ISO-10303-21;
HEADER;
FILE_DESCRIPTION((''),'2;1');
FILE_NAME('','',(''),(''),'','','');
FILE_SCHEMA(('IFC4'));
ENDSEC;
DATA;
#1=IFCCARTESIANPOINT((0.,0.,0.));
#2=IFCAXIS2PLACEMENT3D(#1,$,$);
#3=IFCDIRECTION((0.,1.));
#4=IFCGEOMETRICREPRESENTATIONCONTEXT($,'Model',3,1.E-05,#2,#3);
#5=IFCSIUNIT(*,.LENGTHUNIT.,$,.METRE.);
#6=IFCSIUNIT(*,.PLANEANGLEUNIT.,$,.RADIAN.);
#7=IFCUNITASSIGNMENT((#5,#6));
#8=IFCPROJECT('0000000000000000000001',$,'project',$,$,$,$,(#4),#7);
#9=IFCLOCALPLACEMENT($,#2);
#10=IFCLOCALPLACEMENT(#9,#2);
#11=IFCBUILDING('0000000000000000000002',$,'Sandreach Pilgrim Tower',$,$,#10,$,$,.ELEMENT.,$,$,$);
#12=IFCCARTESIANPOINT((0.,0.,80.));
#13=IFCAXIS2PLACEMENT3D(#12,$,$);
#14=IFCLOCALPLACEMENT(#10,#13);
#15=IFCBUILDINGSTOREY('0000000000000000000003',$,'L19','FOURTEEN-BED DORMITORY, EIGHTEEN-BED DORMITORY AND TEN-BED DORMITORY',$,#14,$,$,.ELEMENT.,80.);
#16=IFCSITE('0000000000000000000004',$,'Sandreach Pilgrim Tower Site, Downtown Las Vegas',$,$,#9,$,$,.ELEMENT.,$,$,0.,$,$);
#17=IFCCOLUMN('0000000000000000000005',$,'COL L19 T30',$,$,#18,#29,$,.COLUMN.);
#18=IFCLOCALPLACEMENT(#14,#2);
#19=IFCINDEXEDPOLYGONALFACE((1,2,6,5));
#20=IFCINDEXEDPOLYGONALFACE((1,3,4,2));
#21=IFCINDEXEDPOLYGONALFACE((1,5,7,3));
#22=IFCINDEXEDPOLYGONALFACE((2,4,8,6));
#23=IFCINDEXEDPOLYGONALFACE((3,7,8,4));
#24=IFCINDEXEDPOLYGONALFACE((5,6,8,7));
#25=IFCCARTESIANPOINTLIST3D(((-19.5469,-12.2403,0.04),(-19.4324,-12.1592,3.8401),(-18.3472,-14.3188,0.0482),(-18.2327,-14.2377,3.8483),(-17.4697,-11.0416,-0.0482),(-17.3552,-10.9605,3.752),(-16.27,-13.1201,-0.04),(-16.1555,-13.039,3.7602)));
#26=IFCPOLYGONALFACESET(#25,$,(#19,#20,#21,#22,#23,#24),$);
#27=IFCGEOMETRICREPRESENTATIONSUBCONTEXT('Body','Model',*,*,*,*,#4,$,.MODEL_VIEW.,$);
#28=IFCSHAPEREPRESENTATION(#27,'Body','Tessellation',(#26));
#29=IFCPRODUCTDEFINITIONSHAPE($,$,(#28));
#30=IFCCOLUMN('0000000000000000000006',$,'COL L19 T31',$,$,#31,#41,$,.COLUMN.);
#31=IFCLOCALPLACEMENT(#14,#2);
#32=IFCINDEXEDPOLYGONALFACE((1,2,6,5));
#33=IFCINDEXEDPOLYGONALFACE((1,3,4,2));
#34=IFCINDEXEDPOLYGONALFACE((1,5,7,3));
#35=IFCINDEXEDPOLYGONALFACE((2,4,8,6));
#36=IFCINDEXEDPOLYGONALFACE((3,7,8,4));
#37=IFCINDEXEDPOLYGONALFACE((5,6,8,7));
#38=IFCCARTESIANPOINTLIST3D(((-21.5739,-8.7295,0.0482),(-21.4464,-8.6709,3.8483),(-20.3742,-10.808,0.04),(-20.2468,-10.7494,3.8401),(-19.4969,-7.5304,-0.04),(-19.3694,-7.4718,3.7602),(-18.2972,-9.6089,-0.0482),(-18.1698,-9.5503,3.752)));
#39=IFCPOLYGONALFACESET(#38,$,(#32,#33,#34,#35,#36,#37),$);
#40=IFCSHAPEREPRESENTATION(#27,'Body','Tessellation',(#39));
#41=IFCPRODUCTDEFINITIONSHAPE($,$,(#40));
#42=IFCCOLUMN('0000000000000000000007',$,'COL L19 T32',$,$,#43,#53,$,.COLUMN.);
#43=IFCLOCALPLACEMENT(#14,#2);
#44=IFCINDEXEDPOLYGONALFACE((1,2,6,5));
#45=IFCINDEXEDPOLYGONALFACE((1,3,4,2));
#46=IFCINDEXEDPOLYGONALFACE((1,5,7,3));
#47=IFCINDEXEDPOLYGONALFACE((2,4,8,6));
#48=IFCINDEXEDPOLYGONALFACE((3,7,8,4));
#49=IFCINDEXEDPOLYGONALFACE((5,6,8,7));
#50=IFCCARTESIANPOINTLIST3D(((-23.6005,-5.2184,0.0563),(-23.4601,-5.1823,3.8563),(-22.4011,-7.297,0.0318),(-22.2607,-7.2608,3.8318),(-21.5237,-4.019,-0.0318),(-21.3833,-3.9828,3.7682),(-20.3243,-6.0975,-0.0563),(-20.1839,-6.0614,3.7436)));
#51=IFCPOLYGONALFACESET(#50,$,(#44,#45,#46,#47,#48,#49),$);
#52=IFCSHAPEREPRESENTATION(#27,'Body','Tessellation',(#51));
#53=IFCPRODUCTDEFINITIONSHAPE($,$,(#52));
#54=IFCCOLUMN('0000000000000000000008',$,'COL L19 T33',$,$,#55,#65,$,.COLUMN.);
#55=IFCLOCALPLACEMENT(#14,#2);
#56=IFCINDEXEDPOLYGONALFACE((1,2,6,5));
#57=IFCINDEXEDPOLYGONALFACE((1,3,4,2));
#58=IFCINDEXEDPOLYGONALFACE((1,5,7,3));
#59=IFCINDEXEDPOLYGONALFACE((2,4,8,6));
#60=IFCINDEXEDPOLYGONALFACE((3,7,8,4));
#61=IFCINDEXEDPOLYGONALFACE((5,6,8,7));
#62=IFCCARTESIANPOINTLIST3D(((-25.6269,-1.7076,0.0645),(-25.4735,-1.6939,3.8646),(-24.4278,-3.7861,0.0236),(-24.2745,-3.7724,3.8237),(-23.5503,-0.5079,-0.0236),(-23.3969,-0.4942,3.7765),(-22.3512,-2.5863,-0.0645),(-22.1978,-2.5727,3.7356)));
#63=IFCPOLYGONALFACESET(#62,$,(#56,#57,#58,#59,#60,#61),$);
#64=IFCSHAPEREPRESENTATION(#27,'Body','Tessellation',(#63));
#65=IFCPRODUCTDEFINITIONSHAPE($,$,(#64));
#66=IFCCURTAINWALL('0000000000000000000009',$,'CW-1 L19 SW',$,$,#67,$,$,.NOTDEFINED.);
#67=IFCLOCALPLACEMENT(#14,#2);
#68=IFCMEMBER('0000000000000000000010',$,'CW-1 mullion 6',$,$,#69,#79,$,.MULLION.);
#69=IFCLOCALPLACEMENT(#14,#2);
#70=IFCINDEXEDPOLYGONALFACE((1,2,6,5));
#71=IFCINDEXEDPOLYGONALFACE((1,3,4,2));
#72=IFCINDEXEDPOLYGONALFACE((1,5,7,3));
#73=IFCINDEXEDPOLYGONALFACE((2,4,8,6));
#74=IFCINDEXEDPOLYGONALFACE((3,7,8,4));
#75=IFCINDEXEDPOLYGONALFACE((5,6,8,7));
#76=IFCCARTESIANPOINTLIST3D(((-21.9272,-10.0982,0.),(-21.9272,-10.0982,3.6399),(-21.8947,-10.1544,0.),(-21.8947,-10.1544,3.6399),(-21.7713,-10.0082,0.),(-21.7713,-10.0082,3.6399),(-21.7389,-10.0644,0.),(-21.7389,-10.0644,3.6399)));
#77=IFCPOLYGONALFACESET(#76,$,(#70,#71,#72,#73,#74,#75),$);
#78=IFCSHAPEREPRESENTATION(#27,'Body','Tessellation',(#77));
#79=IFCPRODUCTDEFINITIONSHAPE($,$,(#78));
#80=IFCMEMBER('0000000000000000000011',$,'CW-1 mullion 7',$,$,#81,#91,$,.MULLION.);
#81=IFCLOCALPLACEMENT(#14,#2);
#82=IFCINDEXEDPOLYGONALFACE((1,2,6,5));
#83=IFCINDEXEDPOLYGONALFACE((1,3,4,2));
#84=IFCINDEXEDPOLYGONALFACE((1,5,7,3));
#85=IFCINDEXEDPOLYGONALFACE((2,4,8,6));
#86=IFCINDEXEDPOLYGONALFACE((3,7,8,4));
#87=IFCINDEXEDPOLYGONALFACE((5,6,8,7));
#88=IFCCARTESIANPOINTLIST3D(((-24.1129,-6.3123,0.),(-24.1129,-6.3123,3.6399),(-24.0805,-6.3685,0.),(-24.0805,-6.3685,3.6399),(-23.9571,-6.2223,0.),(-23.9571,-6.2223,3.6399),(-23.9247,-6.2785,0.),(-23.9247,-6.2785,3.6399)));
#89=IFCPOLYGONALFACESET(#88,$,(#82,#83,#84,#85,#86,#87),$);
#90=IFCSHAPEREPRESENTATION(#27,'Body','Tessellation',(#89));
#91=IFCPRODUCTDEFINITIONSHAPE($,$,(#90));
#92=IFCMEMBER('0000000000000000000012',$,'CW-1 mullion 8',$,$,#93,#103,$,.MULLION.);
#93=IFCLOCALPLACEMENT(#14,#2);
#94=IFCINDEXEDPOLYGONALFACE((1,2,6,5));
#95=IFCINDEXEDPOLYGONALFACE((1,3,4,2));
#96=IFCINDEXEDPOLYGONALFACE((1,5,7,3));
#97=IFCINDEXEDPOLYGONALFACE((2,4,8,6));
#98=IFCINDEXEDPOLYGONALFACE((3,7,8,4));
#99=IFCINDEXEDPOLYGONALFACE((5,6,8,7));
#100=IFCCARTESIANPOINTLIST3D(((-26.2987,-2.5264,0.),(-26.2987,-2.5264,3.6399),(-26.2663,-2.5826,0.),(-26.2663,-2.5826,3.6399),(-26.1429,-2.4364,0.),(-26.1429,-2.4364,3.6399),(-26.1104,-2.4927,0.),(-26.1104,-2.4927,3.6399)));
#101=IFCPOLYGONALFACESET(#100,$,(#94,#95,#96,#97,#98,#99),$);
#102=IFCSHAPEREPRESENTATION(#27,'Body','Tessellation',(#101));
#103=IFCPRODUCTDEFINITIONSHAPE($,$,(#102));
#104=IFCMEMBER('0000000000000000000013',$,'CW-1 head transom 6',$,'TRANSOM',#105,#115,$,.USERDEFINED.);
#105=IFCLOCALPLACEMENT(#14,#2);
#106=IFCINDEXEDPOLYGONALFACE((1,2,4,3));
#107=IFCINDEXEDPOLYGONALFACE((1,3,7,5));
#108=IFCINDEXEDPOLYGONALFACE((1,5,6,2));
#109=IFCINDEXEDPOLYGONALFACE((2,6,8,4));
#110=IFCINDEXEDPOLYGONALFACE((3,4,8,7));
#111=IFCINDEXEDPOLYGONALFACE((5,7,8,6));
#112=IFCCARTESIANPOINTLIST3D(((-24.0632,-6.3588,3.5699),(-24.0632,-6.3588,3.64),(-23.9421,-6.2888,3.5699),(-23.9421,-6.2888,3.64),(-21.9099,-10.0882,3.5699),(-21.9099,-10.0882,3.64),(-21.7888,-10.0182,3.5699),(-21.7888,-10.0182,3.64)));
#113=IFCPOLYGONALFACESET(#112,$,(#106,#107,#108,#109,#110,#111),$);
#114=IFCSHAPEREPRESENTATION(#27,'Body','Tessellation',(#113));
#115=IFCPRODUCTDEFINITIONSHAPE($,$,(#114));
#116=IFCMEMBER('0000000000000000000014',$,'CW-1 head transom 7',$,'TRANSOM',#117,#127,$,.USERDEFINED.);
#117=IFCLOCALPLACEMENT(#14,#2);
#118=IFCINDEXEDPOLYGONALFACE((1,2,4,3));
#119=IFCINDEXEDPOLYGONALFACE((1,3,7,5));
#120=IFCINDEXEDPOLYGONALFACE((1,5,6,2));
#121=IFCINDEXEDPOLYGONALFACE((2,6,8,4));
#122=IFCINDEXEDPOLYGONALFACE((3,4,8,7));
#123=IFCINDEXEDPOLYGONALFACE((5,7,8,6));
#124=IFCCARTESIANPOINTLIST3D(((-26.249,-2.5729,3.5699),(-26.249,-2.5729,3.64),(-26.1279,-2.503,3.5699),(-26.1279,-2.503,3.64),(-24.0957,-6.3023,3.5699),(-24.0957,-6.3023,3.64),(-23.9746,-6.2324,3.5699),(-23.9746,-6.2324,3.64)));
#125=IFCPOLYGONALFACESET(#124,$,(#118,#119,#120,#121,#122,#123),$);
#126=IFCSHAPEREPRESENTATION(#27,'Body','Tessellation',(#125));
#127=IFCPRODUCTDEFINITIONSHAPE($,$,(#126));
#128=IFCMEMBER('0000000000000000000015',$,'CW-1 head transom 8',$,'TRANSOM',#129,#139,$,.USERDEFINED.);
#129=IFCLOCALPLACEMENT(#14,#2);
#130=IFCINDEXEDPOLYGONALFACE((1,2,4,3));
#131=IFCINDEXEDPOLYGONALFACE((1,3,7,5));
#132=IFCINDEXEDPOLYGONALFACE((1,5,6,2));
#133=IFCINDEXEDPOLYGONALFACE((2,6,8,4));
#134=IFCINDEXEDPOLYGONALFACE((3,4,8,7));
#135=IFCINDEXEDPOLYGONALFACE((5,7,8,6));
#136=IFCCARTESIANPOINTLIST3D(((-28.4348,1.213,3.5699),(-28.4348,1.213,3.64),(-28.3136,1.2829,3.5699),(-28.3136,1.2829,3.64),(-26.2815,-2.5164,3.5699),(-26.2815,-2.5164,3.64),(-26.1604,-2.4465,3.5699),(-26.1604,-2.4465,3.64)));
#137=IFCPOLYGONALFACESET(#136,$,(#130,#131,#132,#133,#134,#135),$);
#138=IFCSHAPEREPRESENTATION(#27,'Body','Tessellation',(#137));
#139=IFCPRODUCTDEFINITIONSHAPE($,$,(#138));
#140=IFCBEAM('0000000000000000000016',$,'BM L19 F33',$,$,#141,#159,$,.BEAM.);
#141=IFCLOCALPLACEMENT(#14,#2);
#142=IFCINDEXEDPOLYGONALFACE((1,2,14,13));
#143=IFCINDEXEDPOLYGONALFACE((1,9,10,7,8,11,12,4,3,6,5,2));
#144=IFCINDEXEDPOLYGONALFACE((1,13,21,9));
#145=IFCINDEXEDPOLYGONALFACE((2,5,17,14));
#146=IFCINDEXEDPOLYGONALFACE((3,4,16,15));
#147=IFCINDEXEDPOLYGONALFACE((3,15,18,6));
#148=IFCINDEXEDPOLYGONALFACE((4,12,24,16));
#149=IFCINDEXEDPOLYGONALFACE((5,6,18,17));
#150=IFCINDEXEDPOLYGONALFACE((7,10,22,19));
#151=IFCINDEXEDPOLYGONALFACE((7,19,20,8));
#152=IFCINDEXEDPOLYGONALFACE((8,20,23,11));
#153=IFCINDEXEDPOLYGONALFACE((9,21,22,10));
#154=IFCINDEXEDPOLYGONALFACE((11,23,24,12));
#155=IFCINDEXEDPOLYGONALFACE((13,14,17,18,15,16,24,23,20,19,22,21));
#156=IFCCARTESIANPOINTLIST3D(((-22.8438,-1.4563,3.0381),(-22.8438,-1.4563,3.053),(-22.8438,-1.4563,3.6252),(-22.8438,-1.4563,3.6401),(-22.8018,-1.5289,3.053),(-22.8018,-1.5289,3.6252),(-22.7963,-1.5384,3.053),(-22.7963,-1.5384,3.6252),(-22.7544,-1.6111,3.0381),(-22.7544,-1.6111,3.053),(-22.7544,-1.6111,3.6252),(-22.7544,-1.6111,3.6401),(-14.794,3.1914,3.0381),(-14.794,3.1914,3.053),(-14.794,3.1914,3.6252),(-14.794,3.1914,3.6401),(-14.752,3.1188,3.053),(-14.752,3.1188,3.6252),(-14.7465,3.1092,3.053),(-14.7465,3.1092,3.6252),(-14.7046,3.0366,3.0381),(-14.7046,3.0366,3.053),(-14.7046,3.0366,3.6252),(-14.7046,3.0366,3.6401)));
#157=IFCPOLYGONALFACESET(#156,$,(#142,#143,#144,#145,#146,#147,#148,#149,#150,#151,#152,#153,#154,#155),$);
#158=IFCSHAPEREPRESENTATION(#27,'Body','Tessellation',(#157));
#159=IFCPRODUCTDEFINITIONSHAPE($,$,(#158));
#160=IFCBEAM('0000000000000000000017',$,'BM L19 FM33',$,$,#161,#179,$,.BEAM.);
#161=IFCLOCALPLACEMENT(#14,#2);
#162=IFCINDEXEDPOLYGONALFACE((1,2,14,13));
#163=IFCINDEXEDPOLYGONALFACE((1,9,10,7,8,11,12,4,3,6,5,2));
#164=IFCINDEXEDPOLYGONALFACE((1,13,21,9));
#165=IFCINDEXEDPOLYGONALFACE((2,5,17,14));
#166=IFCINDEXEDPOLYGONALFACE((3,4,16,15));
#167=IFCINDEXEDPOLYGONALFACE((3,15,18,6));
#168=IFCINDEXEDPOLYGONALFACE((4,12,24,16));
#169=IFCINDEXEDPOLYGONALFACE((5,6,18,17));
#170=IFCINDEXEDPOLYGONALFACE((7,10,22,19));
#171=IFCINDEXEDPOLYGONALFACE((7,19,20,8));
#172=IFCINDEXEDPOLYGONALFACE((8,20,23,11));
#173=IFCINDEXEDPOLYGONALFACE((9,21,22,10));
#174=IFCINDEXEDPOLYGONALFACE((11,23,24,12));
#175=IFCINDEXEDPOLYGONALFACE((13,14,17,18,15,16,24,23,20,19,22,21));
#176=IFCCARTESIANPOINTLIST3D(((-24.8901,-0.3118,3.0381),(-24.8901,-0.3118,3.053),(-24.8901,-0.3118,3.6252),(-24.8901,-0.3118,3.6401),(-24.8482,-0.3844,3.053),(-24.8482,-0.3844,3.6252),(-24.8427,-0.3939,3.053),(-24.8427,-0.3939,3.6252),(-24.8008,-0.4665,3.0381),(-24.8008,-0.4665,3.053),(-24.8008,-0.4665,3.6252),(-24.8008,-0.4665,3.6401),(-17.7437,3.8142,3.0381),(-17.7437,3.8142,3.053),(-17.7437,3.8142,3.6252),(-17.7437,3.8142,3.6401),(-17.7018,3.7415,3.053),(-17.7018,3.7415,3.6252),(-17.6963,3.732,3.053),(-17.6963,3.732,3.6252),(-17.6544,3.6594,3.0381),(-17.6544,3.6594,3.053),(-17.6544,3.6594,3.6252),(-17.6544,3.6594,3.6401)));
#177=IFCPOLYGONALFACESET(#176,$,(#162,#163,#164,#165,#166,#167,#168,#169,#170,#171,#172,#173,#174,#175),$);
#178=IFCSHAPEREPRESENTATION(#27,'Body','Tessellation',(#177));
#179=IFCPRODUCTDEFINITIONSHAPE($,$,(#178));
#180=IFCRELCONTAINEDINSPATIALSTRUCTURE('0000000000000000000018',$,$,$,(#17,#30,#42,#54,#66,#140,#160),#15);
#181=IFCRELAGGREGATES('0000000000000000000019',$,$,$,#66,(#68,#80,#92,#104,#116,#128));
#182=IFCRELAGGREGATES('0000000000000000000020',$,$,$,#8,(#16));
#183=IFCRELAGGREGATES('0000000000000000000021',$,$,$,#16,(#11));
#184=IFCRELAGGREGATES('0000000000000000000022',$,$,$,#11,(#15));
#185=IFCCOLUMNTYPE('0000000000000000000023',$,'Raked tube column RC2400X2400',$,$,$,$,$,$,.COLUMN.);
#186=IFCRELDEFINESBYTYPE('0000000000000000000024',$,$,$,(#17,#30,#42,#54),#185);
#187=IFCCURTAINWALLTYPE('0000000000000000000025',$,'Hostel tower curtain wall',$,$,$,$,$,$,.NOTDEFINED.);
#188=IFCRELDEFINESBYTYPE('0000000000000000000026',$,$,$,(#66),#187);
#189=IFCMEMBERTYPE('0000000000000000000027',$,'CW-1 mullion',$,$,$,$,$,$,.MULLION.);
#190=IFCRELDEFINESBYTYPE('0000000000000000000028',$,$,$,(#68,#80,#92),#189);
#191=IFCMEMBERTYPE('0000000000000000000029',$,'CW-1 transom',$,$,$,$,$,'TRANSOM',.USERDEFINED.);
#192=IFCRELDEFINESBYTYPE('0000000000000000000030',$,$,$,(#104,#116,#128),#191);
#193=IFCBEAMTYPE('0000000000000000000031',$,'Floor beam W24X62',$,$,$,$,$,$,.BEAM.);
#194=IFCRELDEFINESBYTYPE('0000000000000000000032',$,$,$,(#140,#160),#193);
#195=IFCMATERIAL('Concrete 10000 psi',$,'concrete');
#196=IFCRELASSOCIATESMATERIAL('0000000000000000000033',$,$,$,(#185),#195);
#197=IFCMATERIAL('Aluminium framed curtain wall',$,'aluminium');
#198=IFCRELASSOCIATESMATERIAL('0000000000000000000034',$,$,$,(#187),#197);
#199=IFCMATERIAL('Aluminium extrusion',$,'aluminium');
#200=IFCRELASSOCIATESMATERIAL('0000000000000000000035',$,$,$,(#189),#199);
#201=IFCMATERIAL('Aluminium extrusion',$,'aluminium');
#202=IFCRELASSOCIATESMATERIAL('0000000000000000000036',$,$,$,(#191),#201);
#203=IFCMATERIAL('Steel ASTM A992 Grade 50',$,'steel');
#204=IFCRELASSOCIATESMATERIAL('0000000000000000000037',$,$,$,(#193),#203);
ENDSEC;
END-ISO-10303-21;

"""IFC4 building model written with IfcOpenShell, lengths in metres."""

from ifc_helpers import new_model, si_unit, direction, frame, origin, origin_2d, place, context, subcontext, project, spatial, rectangle, i_section, extrude, material, material_profile, profile_set, type_object, element, aggregate, save


model = new_model("IFC4")

# Units and contexts
model_context = context("Model", 3, precision=1e-05, world=origin(), true_north=direction((0.0, 1.0)))
body_context = subcontext(model_context, "Body", "Model", "MODEL_VIEW")
ifc_project = project(units=[si_unit("LENGTHUNIT", "METRE"), si_unit("PLANEANGLEUNIT", "RADIAN")], contexts=[model_context])

# Site, building, storey
site_placement = place(None, origin())
site = spatial("IfcSite", under=ifc_project, at=site_placement, Name="Sandreach Pilgrim Tower Site, Downtown Las Vegas", CompositionType="ELEMENT", RefElevation=0.0)
building_placement = place(site_placement, origin())
building = spatial("IfcBuilding", under=site, at=building_placement, Name="Sandreach Pilgrim Tower", CompositionType="ELEMENT")
storey_placement = place(building_placement, frame((0.0, 0.0, 80.0)))
storey = spatial("IfcBuildingStorey", under=building, at=storey_placement, Name="L19", Description="FOURTEEN-BED DORMITORY, EIGHTEEN-BED DORMITORY AND TEN-BED DORMITORY", CompositionType="ELEMENT", Elevation=80.0)

# Columns
ifc_material_1 = material(Name="Concrete 10000 psi", Category="concrete")
ifc_material_profile_1 = material_profile(ifc_material_1, rectangle(XDim=2.3999, YDim=2.3999, at=origin_2d()), Name="RC2400X2400")
ifc_profile_set_1 = profile_set([ifc_material_profile_1], Name="Concrete 10000 psi")
column_type = type_object("IfcColumnType", Name="Raked tube column RC2400X2400", PredefinedType="COLUMN", material=ifc_profile_set_1)
for number, where, z_axis, x_axis, name in (
    (1, (-17.9084, -12.6802, 0.0), (0.030111, 0.021315, 0.999319), (-0.865558, -0.49946, 0.036734), "COL L19 T30"),
    (2, (-19.9355, -9.1692, 0.0), (0.033514, 0.015409, 0.999319), (-0.865448, -0.499651, 0.036729), "COL L19 T31"),
    (3, (-21.9624, -5.658, 0.0), (0.036915, 0.009502, 0.999273), (-0.865363, -0.499798, 0.03672), "COL L19 T32"),
):
    element("IfcColumn", number, at=place(storey_placement, frame(where, z_axis=z_axis, x_axis=x_axis)), inside=storey, type_object=column_type, Name=name, PredefinedType="COLUMN", context=body_context, shape_type="SweptSolid", body=[
        extrude(rectangle(XDim=2.3999, YDim=2.3999, at=origin_2d()), origin(), (0.0, 0.0, 1.0), 3.8027),
    ])
column_placement = place(storey_placement, frame((-23.989, -2.147, 0.0), z_axis=(0.040314, 0.003595, 0.999181), x_axis=(-0.865292, -0.499922, 0.036711)))
element("IfcColumn", 4, at=column_placement, inside=storey, type_object=column_type, Name="COL L19 T33", PredefinedType="COLUMN", context=body_context, shape_type="SweptSolid", body=[
    extrude(rectangle(XDim=2.3999, YDim=2.3999, at=origin_2d()), origin(), (0.0, 0.0, 1.0), 3.8032),
])

# Curtain wall, members
ifc_material_2 = material(Name="Aluminium framed curtain wall", Category="aluminium")
curtain_wall_type = type_object("IfcCurtainWallType", Name="Hostel tower curtain wall", PredefinedType="NOTDEFINED", material=ifc_material_2)
curtain_wall_placement = place(storey_placement, origin())
curtain_wall = element("IfcCurtainWall", 5, at=curtain_wall_placement, inside=storey, type_object=curtain_wall_type, Name="CW-1 L19 SW", PredefinedType="NOTDEFINED")
ifc_material_3 = material(Name="Aluminium extrusion", Category="aluminium")
ifc_material_profile_2 = material_profile(ifc_material_3, rectangle(XDim=0.0649, YDim=0.1799, at=origin_2d()), Name="CW-1M 65X180")
ifc_profile_set_2 = profile_set([ifc_material_profile_2], Name="Aluminium extrusion")
member_type_1 = type_object("IfcMemberType", Name="CW-1 mullion", PredefinedType="MULLION", material=ifc_profile_set_2)
member_1_placement = place(storey_placement, frame((-21.833, -10.0813, 0.0), z_axis=(0.0, 0.0, 1.0), x_axis=(-0.5, 0.866025, 0.0)))
member_1 = element("IfcMember", 6, at=member_1_placement, type_object=member_type_1, Name="CW-1 mullion 6", PredefinedType="MULLION", context=body_context, shape_type="SweptSolid", body=[
    extrude(rectangle(XDim=0.0649, YDim=0.1799, at=origin_2d()), origin(), (0.0, 0.0, 1.0), 3.6399),
])
member_2_placement = place(storey_placement, frame((-24.0188, -6.2954, 0.0), z_axis=(0.0, 0.0, 1.0), x_axis=(-0.5, 0.866025, 0.0)))
member_2 = element("IfcMember", 7, at=member_2_placement, type_object=member_type_1, Name="CW-1 mullion 7", PredefinedType="MULLION", context=body_context, shape_type="SweptSolid", body=[
    extrude(rectangle(XDim=0.0649, YDim=0.1799, at=origin_2d()), origin(), (0.0, 0.0, 1.0), 3.6399),
])
member_3_placement = place(storey_placement, frame((-26.2046, -2.5095, 0.0), z_axis=(0.0, 0.0, 1.0), x_axis=(-0.5, 0.866025, 0.0)))
member_3 = element("IfcMember", 8, at=member_3_placement, type_object=member_type_1, Name="CW-1 mullion 8", PredefinedType="MULLION", context=body_context, shape_type="SweptSolid", body=[
    extrude(rectangle(XDim=0.0649, YDim=0.1799, at=origin_2d()), origin(), (0.0, 0.0, 1.0), 3.6399),
])
ifc_material_4 = material(Name="Aluminium extrusion", Category="aluminium")
ifc_material_profile_3 = material_profile(ifc_material_4, rectangle(XDim=0.1399, YDim=0.0701, at=origin_2d()), Name="CW-1T 140X70")
ifc_profile_set_3 = profile_set([ifc_material_profile_3], Name="Aluminium extrusion")
member_type_2 = type_object("IfcMemberType", Name="CW-1 transom", ElementType="TRANSOM", PredefinedType="USERDEFINED", material=ifc_profile_set_3)
member_4_placement = place(storey_placement, frame((-21.8494, -10.0532, 3.605), z_axis=(-0.500017, 0.866016, 0.0), x_axis=(-0.866016, -0.500017, 0.0)))
member_4 = element("IfcMember", 9, at=member_4_placement, type_object=member_type_2, Name="CW-1 head transom 6", ObjectType="TRANSOM", PredefinedType="USERDEFINED", context=body_context, shape_type="SweptSolid", body=[
    extrude(rectangle(XDim=0.1399, YDim=0.0701, at=origin_2d()), origin(), (0.0, 0.0, 1.0), 4.3064),
])
member_5_placement = place(storey_placement, frame((-24.0352, -6.2673, 3.605), z_axis=(-0.500017, 0.866016, 0.0), x_axis=(-0.866016, -0.500017, 0.0)))
member_5 = element("IfcMember", 10, at=member_5_placement, type_object=member_type_2, Name="CW-1 head transom 7", ObjectType="TRANSOM", PredefinedType="USERDEFINED", context=body_context, shape_type="SweptSolid", body=[
    extrude(rectangle(XDim=0.1399, YDim=0.0701, at=origin_2d()), origin(), (0.0, 0.0, 1.0), 4.3064),
])
member_6_placement = place(storey_placement, frame((-26.2209, -2.4814, 3.605), z_axis=(-0.500017, 0.866016, 0.0), x_axis=(-0.866016, -0.500017, 0.0)))
member_6 = element("IfcMember", 11, at=member_6_placement, type_object=member_type_2, Name="CW-1 head transom 8", ObjectType="TRANSOM", PredefinedType="USERDEFINED", context=body_context, shape_type="SweptSolid", body=[
    extrude(rectangle(XDim=0.1399, YDim=0.0701, at=origin_2d()), origin(), (0.0, 0.0, 1.0), 4.3064),
])

# Beams
ifc_material_5 = material(Name="Steel ASTM A992 Grade 50", Category="steel")
ifc_material_profile_4 = material_profile(ifc_material_5, i_section(OverallWidth=0.1787, OverallDepth=0.6021, WebThickness=0.011, FlangeThickness=0.0149, at=origin_2d()), Name="W24X62")
ifc_profile_set_4 = profile_set([ifc_material_profile_4], Name="Steel ASTM A992 Grade 50")
beam_type_1 = type_object("IfcBeamType", Name="Floor beam W24X62", PredefinedType="BEAM", material=ifc_profile_set_4)
beam_1_placement = place(storey_placement, frame((-22.7991, -1.5337, 3.3391), z_axis=(0.866019, 0.500012, 0.0), x_axis=(-0.500012, 0.866019, 0.0)))
element("IfcBeam", 12, at=beam_1_placement, inside=storey, type_object=beam_type_1, Name="BM L19 F33", PredefinedType="BEAM", context=body_context, shape_type="SweptSolid", body=[
    extrude(i_section(OverallWidth=0.1787, OverallDepth=0.6021, WebThickness=0.011, FlangeThickness=0.0149, at=origin_2d()), origin(), (0.0, 0.0, 1.0), 9.2952),
])
beam_2_placement = place(storey_placement, frame((-24.8455, -0.3892, 3.3391), z_axis=(0.866028, 0.499996, 0.0), x_axis=(-0.499996, 0.866028, 0.0)))
element("IfcBeam", 13, at=beam_2_placement, inside=storey, type_object=beam_type_1, Name="BM L19 FM33", PredefinedType="BEAM", context=body_context, shape_type="SweptSolid", body=[
    extrude(i_section(OverallWidth=0.1787, OverallDepth=0.6021, WebThickness=0.011, FlangeThickness=0.0149, at=origin_2d()), origin(), (0.0, 0.0, 1.0), 8.252),
])

aggregate(curtain_wall, [member_1, member_2, member_3, member_4, member_5, member_6])

save(model, "model.ifc")
